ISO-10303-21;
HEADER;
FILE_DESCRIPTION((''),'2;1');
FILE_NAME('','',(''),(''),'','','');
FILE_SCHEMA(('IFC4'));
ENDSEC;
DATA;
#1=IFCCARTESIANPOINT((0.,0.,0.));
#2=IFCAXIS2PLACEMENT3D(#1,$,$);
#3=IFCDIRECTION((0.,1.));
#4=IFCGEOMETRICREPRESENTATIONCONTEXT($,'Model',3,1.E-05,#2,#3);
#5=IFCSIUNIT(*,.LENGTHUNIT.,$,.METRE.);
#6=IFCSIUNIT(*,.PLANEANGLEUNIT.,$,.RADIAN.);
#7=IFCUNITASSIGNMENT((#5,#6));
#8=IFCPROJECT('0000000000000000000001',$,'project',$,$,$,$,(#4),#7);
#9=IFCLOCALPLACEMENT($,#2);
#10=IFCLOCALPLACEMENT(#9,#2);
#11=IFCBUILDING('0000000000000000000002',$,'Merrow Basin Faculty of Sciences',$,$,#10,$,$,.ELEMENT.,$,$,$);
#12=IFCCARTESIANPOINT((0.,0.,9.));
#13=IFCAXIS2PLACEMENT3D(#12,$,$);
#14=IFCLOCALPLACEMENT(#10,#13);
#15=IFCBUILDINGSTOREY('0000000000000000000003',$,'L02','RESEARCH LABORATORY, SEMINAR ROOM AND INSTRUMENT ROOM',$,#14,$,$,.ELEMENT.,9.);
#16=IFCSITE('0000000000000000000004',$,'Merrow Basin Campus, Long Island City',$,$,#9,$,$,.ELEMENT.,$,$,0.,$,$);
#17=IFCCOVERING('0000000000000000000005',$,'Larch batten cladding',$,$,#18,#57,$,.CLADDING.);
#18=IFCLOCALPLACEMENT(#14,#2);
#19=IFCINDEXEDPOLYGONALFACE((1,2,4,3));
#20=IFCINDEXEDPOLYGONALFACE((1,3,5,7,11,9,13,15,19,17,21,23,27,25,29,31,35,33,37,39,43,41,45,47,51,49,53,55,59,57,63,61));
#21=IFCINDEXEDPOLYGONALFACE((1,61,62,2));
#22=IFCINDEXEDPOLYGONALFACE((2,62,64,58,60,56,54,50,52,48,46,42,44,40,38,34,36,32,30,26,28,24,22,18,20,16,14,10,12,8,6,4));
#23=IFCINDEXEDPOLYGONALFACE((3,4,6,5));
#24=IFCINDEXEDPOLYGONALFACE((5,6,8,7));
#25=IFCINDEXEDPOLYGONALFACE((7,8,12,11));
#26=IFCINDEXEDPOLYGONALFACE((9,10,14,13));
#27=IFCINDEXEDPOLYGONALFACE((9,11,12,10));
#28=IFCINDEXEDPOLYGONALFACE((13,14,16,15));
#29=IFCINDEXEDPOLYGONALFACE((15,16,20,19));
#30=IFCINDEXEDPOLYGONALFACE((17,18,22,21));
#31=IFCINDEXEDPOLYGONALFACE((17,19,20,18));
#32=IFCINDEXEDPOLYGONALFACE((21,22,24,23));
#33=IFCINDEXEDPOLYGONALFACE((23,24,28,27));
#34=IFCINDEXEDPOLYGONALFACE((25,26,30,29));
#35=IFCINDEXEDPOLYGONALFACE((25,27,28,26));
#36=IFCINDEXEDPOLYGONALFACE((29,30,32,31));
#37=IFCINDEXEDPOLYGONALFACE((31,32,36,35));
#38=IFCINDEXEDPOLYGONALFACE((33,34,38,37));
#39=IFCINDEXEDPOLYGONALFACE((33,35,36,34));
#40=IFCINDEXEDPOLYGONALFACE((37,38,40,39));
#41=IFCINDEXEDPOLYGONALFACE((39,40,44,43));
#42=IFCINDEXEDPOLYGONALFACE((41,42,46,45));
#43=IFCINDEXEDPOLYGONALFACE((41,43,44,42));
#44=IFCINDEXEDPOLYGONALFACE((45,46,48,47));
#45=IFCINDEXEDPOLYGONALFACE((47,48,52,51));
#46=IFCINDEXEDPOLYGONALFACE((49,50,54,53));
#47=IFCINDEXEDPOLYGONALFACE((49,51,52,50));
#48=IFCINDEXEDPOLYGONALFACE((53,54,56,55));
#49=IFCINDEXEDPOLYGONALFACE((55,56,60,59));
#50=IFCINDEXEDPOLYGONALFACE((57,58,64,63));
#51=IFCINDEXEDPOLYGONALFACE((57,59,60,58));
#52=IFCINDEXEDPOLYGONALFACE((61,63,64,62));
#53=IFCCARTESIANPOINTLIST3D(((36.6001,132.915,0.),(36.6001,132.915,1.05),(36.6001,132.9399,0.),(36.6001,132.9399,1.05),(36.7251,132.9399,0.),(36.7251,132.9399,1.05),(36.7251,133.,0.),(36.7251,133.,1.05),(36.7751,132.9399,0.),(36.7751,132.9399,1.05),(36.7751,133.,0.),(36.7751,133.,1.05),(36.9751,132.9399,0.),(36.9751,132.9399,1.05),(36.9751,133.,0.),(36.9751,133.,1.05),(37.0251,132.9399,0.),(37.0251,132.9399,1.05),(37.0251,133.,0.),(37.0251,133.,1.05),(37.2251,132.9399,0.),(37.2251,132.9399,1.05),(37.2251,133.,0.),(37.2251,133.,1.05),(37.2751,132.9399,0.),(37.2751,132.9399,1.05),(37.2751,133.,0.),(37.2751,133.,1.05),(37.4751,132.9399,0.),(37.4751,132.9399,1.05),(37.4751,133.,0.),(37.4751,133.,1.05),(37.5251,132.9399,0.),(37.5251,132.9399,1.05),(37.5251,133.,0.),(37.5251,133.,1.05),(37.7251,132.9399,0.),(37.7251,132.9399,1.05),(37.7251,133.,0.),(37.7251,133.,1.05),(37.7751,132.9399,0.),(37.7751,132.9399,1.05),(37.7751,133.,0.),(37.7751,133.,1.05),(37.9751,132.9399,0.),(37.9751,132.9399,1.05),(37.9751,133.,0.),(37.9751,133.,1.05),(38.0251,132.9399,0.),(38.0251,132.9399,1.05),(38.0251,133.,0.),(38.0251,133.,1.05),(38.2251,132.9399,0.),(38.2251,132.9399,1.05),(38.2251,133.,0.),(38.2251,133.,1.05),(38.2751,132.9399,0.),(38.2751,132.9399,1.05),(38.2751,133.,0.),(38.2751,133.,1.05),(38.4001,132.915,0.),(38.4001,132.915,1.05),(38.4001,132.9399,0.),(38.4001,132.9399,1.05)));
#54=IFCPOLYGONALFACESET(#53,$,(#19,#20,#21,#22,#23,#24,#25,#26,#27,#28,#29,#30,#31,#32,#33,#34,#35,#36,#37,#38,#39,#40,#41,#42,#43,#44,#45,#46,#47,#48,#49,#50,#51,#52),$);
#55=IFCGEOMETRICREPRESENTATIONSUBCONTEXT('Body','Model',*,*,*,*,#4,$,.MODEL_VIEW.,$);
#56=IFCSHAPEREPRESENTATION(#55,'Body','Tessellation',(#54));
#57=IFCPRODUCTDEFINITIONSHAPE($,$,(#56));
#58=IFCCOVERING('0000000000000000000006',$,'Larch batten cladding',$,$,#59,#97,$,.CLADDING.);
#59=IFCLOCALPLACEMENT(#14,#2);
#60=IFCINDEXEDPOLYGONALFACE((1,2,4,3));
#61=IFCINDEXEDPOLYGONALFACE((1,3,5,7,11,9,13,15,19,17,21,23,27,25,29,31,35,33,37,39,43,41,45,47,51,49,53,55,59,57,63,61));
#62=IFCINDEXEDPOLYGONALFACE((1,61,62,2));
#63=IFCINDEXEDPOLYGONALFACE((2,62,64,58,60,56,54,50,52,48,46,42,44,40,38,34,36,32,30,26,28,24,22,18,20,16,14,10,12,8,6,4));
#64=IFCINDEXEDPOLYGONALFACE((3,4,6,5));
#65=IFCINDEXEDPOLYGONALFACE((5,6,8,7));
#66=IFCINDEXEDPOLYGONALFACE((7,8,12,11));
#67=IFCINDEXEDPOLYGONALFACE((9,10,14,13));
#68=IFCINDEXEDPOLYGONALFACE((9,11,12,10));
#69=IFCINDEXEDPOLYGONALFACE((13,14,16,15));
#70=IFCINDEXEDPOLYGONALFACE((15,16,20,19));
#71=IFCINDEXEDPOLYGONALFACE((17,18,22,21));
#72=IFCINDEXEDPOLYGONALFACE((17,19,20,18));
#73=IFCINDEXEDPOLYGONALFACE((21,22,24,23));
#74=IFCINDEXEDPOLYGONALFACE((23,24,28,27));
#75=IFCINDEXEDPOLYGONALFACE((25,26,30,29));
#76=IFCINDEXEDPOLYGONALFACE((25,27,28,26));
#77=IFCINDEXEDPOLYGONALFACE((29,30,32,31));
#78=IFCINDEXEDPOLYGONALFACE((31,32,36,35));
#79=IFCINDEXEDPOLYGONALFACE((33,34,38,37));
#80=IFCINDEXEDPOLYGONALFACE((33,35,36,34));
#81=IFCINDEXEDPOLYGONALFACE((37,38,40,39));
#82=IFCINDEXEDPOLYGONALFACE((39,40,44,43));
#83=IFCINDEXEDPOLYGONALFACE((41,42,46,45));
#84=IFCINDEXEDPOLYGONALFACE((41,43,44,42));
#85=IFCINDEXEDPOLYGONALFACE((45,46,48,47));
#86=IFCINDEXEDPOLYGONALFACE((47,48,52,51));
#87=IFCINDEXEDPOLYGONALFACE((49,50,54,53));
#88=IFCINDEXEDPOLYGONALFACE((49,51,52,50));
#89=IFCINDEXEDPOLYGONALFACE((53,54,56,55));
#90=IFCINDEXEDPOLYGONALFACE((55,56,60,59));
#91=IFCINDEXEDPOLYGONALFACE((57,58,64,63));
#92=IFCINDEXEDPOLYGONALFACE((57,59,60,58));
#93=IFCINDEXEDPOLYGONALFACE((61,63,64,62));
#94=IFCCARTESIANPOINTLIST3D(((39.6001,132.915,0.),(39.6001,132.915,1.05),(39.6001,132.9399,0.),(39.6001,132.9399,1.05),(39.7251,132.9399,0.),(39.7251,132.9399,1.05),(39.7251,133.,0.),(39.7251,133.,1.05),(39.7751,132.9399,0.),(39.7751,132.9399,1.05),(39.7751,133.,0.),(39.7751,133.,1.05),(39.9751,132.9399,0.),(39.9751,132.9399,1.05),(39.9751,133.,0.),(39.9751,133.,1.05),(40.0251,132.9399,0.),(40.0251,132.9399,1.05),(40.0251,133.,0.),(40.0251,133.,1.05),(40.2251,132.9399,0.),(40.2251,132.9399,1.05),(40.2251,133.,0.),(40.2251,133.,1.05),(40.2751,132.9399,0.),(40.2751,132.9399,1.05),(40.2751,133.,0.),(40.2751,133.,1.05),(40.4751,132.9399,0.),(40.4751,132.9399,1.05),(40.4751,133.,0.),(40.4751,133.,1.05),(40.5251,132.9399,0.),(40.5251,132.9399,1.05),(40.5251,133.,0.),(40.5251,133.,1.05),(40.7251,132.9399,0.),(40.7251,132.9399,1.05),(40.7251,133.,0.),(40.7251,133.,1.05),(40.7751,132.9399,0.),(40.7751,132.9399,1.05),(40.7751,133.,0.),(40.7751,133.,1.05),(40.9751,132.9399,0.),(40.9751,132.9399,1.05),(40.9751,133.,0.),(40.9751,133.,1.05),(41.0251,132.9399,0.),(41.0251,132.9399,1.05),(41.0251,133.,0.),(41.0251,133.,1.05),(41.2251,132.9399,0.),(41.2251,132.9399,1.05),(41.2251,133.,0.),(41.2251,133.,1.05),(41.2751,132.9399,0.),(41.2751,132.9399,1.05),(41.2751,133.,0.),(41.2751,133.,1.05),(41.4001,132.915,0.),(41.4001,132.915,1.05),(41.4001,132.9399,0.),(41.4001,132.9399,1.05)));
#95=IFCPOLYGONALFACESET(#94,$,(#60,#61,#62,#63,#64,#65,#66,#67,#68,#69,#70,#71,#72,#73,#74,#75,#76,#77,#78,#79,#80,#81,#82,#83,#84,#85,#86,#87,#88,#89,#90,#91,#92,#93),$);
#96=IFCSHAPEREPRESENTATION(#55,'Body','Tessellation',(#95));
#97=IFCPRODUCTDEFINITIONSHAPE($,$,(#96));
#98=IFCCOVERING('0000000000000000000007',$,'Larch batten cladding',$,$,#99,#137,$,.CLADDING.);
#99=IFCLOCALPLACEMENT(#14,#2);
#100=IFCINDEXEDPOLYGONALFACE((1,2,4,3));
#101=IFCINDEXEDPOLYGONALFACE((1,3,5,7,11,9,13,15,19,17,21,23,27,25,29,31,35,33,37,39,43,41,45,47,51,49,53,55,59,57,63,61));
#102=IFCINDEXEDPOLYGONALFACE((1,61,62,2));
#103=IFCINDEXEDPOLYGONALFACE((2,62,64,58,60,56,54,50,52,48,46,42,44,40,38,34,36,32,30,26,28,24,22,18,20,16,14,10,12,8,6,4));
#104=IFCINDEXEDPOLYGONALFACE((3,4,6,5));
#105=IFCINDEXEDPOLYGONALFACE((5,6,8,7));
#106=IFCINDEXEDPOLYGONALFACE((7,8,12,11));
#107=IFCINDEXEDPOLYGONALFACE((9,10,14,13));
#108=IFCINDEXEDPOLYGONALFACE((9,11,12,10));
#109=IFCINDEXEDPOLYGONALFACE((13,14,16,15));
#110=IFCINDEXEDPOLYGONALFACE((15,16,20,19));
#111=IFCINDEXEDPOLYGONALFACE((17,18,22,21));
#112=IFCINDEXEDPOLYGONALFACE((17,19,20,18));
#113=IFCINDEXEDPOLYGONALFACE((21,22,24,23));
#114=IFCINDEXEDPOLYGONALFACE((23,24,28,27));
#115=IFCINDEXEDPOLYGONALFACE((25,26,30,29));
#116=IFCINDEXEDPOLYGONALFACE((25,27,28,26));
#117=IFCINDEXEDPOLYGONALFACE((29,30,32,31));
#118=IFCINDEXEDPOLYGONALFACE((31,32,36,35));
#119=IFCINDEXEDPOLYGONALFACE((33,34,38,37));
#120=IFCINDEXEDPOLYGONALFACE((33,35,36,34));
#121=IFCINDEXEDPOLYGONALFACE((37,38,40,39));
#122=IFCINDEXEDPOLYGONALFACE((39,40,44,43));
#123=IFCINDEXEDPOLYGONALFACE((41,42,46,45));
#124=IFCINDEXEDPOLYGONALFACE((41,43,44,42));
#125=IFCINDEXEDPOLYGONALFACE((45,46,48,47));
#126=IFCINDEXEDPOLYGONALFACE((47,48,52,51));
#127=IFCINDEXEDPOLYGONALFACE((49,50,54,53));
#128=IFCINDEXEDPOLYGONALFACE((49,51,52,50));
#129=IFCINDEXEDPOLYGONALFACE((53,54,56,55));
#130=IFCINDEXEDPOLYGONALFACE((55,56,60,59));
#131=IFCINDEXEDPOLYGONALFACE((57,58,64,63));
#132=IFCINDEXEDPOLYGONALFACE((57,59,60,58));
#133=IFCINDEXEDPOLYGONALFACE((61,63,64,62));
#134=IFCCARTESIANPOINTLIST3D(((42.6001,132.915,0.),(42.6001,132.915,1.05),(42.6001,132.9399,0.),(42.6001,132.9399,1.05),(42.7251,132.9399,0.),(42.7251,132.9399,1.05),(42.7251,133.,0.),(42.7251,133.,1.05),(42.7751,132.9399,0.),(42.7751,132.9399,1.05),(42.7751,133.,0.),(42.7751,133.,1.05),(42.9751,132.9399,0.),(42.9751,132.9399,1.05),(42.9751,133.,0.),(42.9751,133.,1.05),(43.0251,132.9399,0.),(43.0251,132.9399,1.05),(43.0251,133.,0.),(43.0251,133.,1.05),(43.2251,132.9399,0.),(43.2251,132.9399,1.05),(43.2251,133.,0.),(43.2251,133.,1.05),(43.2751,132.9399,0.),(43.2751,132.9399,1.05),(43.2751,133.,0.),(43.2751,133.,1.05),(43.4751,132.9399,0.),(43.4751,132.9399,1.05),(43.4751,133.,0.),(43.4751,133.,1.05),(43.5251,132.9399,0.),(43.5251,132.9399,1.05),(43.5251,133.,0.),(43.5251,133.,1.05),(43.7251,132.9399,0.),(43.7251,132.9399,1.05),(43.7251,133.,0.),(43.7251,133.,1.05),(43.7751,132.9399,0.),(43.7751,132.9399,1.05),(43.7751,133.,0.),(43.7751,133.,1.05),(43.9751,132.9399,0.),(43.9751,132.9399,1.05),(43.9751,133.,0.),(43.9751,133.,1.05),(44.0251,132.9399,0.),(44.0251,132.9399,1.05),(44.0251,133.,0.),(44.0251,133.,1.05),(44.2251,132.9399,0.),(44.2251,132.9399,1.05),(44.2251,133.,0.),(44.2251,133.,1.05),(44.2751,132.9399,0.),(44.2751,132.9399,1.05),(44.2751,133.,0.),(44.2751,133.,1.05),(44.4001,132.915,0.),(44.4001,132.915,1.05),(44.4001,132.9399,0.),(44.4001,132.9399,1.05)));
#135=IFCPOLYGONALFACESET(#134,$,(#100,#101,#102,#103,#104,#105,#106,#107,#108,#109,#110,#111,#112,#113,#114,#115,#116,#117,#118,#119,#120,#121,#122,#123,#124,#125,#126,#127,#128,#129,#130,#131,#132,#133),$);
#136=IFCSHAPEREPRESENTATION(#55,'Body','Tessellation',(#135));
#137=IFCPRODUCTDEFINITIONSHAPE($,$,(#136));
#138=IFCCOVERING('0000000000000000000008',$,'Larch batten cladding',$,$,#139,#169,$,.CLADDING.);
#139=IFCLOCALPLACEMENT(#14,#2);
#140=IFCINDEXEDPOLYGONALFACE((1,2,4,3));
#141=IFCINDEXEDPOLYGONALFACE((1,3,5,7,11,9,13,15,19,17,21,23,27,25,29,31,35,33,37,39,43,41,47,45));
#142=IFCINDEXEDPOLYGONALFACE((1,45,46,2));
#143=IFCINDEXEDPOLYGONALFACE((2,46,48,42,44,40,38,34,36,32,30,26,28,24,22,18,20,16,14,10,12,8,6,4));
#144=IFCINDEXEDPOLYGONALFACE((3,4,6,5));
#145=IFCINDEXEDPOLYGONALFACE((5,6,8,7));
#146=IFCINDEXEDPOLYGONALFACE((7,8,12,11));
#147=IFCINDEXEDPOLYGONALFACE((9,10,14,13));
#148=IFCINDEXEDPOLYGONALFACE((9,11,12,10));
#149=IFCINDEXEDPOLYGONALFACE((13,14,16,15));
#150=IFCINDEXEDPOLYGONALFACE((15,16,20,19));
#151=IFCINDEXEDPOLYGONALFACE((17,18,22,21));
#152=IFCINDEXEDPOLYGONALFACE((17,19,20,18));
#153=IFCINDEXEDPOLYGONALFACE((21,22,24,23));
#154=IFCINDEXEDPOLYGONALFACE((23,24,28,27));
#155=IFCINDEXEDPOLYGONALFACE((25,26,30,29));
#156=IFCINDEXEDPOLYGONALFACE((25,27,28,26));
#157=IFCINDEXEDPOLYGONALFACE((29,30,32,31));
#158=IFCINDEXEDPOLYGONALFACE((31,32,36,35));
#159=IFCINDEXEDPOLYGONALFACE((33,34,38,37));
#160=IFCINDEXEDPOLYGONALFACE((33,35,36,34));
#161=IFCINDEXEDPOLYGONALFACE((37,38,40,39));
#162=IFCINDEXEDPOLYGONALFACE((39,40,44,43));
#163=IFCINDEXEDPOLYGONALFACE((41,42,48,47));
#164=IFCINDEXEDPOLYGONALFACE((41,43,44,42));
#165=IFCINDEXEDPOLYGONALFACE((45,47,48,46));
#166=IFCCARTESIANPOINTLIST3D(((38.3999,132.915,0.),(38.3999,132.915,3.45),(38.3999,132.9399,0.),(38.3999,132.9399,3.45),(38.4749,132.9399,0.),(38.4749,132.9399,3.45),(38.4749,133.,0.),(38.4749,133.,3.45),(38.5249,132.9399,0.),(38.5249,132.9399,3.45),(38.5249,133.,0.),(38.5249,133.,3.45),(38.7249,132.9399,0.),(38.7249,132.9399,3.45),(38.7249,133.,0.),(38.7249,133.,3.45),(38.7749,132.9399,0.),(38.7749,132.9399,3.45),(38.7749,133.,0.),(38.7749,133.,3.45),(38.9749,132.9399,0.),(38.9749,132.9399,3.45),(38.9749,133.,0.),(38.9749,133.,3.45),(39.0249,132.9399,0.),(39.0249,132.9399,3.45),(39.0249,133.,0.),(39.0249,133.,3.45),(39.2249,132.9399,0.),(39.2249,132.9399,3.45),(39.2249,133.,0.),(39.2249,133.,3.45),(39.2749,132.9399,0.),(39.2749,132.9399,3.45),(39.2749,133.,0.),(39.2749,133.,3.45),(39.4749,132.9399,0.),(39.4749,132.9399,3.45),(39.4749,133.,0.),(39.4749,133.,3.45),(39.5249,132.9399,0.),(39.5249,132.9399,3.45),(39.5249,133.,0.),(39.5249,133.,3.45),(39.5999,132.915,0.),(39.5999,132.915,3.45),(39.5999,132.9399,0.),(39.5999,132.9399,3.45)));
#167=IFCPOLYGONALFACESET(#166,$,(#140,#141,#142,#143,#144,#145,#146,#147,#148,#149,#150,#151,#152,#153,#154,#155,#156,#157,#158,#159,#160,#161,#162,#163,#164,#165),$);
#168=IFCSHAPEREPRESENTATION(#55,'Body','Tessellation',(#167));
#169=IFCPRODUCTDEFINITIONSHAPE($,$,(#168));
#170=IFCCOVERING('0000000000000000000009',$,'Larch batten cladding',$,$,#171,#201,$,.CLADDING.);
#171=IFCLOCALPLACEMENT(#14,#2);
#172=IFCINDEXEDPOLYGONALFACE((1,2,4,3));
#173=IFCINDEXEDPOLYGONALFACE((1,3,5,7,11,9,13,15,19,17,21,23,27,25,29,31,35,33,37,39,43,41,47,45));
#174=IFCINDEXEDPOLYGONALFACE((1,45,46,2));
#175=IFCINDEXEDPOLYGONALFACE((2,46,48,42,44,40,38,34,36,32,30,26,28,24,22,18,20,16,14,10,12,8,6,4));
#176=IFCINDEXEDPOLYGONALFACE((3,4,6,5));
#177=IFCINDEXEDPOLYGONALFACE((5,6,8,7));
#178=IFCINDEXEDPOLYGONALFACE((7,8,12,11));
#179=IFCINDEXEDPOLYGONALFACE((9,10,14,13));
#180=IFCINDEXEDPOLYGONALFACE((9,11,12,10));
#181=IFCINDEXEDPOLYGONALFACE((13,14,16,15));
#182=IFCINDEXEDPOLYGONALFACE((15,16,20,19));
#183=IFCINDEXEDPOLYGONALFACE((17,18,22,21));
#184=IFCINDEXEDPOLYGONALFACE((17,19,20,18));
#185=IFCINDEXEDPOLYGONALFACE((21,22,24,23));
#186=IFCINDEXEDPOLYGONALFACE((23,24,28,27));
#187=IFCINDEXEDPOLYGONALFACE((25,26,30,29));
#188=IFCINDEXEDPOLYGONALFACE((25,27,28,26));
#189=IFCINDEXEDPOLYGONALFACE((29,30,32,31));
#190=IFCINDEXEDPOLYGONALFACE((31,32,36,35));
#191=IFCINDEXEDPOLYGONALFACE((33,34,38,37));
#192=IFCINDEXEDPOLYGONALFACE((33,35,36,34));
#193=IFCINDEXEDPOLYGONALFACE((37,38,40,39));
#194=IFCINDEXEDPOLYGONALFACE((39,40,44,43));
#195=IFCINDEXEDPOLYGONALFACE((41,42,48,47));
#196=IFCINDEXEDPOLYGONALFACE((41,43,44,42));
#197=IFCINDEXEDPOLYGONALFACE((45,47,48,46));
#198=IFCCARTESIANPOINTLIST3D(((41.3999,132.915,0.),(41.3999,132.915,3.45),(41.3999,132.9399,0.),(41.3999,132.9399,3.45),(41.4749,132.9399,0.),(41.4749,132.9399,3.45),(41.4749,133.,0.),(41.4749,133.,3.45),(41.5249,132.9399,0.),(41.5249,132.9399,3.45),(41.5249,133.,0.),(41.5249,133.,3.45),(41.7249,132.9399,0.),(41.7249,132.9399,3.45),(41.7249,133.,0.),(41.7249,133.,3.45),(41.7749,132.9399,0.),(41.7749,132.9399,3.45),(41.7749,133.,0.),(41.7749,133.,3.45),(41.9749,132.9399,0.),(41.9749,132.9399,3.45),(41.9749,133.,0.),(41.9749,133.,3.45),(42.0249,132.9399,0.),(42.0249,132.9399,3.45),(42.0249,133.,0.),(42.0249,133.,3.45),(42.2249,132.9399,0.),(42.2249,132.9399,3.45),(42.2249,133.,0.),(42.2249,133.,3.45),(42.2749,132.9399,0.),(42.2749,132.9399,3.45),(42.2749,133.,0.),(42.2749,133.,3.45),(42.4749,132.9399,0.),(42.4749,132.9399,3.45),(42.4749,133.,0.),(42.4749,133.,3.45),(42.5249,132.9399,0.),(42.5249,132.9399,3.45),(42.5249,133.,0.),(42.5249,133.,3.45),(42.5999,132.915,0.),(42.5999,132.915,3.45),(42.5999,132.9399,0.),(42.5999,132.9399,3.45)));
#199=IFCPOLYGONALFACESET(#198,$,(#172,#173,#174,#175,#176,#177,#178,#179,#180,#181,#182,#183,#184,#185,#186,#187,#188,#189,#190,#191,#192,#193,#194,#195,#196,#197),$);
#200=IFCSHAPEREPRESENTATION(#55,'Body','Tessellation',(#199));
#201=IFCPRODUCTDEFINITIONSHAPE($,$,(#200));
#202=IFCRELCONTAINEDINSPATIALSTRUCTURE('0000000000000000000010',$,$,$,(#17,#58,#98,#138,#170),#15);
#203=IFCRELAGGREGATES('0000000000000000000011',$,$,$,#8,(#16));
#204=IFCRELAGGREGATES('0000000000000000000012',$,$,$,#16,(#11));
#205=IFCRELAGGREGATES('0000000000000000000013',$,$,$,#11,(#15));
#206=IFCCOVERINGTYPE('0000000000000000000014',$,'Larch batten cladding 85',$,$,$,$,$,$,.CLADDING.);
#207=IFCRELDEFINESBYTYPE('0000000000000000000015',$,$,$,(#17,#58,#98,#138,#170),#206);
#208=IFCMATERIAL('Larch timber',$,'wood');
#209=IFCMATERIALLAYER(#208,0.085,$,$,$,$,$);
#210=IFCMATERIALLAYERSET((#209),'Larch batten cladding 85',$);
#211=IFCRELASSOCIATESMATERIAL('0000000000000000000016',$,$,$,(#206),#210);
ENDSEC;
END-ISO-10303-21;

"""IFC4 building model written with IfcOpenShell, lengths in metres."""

from ifc_helpers import new_model, si_unit, direction, frame, origin, place, context, subcontext, project, spatial, polyline, outline, extrude, source, transform, mapped, material, layer, layer_set, type_object, element, save


model = new_model("IFC4")

# Units and contexts
model_context = context("Model", 3, precision=1e-05, world=origin(), true_north=direction((0.0, 1.0)))
body_context = subcontext(model_context, "Body", "Model", "MODEL_VIEW")
ifc_project = project(units=[si_unit("LENGTHUNIT", "METRE"), si_unit("PLANEANGLEUNIT", "RADIAN")], contexts=[model_context])

# Site, building, storey
site_placement = place(None, origin())
site = spatial("IfcSite", under=ifc_project, at=site_placement, Name="Merrow Basin Campus, Long Island City", CompositionType="ELEMENT", RefElevation=0.0)
building_placement = place(site_placement, origin())
building = spatial("IfcBuilding", under=site, at=building_placement, Name="Merrow Basin Faculty of Sciences", CompositionType="ELEMENT")
storey_placement = place(building_placement, frame((0.0, 0.0, 9.0)))
storey = spatial("IfcBuildingStorey", under=building, at=storey_placement, Name="L02", Description="RESEARCH LABORATORY, SEMINAR ROOM AND INSTRUMENT ROOM", CompositionType="ELEMENT", Elevation=9.0)

# Coverings
ifc_material_1 = material(Name="Larch timber", Category="wood")
ifc_layer_1 = layer(ifc_material_1, 0.085)
ifc_layer_set_1 = layer_set([ifc_layer_1], Name="Larch batten cladding 85")
covering_type = type_object("IfcCoveringType", Name="Larch batten cladding 85", PredefinedType="CLADDING", material=ifc_layer_set_1)
shared_shape_1 = source(origin(), body_context, "Body", "SweptSolid", [
    extrude(outline(polyline([(0.0, 0.0), (1.8, 0.0), (1.8, 0.0249), (1.675, 0.0249), (1.675, 0.085), (1.625, 0.085), (1.625, 0.0249), (1.425, 0.0249), (1.425, 0.085), (1.375, 0.085), (1.375, 0.0249), (1.175, 0.0249), (1.175, 0.085), (1.125, 0.085), (1.125, 0.0249), (0.925, 0.0249), (0.925, 0.085), (0.875, 0.085), (0.875, 0.0249), (0.675, 0.0249), (0.675, 0.085), (0.625, 0.085), (0.625, 0.0249), (0.425, 0.0249), (0.425, 0.085), (0.375, 0.085), (0.375, 0.0249), (0.175, 0.0249), (0.175, 0.085), (0.125, 0.085), (0.125, 0.0249), (0.0, 0.0249), (0.0, 0.0)])), origin(), (0.0, 0.0, 1.0), 1.05),
])
for number, where, z_axis, x_axis, name in (
    (1, (36.6001, 132.915, 0.0), (0.0, 0.0, 1.0), (1.0, 0.0, 0.0), "Larch batten cladding"),
    (2, (39.6001, 132.915, 0.0), (0.0, 0.0, 1.0), (1.0, 0.0, 0.0), "Larch batten cladding"),
    (3, (42.6001, 132.915, 0.0), (0.0, 0.0, 1.0), (1.0, 0.0, 0.0), "Larch batten cladding"),
):
    element("IfcCovering", number, at=place(storey_placement, frame(where, z_axis=z_axis, x_axis=x_axis)), inside=storey, type_object=covering_type, Name=name, PredefinedType="CLADDING", context=body_context, shape_type="MappedRepresentation", body=[
        mapped(shared_shape_1, transform((0.0, 0.0, 0.0), scale=1.0)),
    ])
shared_shape_2 = source(origin(), body_context, "Body", "SweptSolid", [
    extrude(outline(polyline([(0.0, 0.0), (1.2, 0.0), (1.2, 0.0249), (1.125, 0.0249), (1.125, 0.085), (1.075, 0.085), (1.075, 0.0249), (0.875, 0.0249), (0.875, 0.085), (0.825, 0.085), (0.825, 0.0249), (0.625, 0.0249), (0.625, 0.085), (0.575, 0.085), (0.575, 0.0249), (0.375, 0.0249), (0.375, 0.085), (0.325, 0.085), (0.325, 0.0249), (0.125, 0.0249), (0.125, 0.085), (0.075, 0.085), (0.075, 0.0249), (0.0, 0.0249), (0.0, 0.0)])), origin(), (0.0, 0.0, 1.0), 3.45),
])
for number, where, z_axis, x_axis, name in (
    (4, (38.3999, 132.915, 0.0), (0.0, 0.0, 1.0), (1.0, 0.0, 0.0), "Larch batten cladding"),
    (5, (41.3999, 132.915, 0.0), (0.0, 0.0, 1.0), (1.0, 0.0, 0.0), "Larch batten cladding"),
):
    element("IfcCovering", number, at=place(storey_placement, frame(where, z_axis=z_axis, x_axis=x_axis)), inside=storey, type_object=covering_type, Name=name, PredefinedType="CLADDING", context=body_context, shape_type="MappedRepresentation", body=[
        mapped(shared_shape_2, transform((0.0, 0.0, 0.0), scale=1.0)),
    ])

save(model, "model.ifc")
